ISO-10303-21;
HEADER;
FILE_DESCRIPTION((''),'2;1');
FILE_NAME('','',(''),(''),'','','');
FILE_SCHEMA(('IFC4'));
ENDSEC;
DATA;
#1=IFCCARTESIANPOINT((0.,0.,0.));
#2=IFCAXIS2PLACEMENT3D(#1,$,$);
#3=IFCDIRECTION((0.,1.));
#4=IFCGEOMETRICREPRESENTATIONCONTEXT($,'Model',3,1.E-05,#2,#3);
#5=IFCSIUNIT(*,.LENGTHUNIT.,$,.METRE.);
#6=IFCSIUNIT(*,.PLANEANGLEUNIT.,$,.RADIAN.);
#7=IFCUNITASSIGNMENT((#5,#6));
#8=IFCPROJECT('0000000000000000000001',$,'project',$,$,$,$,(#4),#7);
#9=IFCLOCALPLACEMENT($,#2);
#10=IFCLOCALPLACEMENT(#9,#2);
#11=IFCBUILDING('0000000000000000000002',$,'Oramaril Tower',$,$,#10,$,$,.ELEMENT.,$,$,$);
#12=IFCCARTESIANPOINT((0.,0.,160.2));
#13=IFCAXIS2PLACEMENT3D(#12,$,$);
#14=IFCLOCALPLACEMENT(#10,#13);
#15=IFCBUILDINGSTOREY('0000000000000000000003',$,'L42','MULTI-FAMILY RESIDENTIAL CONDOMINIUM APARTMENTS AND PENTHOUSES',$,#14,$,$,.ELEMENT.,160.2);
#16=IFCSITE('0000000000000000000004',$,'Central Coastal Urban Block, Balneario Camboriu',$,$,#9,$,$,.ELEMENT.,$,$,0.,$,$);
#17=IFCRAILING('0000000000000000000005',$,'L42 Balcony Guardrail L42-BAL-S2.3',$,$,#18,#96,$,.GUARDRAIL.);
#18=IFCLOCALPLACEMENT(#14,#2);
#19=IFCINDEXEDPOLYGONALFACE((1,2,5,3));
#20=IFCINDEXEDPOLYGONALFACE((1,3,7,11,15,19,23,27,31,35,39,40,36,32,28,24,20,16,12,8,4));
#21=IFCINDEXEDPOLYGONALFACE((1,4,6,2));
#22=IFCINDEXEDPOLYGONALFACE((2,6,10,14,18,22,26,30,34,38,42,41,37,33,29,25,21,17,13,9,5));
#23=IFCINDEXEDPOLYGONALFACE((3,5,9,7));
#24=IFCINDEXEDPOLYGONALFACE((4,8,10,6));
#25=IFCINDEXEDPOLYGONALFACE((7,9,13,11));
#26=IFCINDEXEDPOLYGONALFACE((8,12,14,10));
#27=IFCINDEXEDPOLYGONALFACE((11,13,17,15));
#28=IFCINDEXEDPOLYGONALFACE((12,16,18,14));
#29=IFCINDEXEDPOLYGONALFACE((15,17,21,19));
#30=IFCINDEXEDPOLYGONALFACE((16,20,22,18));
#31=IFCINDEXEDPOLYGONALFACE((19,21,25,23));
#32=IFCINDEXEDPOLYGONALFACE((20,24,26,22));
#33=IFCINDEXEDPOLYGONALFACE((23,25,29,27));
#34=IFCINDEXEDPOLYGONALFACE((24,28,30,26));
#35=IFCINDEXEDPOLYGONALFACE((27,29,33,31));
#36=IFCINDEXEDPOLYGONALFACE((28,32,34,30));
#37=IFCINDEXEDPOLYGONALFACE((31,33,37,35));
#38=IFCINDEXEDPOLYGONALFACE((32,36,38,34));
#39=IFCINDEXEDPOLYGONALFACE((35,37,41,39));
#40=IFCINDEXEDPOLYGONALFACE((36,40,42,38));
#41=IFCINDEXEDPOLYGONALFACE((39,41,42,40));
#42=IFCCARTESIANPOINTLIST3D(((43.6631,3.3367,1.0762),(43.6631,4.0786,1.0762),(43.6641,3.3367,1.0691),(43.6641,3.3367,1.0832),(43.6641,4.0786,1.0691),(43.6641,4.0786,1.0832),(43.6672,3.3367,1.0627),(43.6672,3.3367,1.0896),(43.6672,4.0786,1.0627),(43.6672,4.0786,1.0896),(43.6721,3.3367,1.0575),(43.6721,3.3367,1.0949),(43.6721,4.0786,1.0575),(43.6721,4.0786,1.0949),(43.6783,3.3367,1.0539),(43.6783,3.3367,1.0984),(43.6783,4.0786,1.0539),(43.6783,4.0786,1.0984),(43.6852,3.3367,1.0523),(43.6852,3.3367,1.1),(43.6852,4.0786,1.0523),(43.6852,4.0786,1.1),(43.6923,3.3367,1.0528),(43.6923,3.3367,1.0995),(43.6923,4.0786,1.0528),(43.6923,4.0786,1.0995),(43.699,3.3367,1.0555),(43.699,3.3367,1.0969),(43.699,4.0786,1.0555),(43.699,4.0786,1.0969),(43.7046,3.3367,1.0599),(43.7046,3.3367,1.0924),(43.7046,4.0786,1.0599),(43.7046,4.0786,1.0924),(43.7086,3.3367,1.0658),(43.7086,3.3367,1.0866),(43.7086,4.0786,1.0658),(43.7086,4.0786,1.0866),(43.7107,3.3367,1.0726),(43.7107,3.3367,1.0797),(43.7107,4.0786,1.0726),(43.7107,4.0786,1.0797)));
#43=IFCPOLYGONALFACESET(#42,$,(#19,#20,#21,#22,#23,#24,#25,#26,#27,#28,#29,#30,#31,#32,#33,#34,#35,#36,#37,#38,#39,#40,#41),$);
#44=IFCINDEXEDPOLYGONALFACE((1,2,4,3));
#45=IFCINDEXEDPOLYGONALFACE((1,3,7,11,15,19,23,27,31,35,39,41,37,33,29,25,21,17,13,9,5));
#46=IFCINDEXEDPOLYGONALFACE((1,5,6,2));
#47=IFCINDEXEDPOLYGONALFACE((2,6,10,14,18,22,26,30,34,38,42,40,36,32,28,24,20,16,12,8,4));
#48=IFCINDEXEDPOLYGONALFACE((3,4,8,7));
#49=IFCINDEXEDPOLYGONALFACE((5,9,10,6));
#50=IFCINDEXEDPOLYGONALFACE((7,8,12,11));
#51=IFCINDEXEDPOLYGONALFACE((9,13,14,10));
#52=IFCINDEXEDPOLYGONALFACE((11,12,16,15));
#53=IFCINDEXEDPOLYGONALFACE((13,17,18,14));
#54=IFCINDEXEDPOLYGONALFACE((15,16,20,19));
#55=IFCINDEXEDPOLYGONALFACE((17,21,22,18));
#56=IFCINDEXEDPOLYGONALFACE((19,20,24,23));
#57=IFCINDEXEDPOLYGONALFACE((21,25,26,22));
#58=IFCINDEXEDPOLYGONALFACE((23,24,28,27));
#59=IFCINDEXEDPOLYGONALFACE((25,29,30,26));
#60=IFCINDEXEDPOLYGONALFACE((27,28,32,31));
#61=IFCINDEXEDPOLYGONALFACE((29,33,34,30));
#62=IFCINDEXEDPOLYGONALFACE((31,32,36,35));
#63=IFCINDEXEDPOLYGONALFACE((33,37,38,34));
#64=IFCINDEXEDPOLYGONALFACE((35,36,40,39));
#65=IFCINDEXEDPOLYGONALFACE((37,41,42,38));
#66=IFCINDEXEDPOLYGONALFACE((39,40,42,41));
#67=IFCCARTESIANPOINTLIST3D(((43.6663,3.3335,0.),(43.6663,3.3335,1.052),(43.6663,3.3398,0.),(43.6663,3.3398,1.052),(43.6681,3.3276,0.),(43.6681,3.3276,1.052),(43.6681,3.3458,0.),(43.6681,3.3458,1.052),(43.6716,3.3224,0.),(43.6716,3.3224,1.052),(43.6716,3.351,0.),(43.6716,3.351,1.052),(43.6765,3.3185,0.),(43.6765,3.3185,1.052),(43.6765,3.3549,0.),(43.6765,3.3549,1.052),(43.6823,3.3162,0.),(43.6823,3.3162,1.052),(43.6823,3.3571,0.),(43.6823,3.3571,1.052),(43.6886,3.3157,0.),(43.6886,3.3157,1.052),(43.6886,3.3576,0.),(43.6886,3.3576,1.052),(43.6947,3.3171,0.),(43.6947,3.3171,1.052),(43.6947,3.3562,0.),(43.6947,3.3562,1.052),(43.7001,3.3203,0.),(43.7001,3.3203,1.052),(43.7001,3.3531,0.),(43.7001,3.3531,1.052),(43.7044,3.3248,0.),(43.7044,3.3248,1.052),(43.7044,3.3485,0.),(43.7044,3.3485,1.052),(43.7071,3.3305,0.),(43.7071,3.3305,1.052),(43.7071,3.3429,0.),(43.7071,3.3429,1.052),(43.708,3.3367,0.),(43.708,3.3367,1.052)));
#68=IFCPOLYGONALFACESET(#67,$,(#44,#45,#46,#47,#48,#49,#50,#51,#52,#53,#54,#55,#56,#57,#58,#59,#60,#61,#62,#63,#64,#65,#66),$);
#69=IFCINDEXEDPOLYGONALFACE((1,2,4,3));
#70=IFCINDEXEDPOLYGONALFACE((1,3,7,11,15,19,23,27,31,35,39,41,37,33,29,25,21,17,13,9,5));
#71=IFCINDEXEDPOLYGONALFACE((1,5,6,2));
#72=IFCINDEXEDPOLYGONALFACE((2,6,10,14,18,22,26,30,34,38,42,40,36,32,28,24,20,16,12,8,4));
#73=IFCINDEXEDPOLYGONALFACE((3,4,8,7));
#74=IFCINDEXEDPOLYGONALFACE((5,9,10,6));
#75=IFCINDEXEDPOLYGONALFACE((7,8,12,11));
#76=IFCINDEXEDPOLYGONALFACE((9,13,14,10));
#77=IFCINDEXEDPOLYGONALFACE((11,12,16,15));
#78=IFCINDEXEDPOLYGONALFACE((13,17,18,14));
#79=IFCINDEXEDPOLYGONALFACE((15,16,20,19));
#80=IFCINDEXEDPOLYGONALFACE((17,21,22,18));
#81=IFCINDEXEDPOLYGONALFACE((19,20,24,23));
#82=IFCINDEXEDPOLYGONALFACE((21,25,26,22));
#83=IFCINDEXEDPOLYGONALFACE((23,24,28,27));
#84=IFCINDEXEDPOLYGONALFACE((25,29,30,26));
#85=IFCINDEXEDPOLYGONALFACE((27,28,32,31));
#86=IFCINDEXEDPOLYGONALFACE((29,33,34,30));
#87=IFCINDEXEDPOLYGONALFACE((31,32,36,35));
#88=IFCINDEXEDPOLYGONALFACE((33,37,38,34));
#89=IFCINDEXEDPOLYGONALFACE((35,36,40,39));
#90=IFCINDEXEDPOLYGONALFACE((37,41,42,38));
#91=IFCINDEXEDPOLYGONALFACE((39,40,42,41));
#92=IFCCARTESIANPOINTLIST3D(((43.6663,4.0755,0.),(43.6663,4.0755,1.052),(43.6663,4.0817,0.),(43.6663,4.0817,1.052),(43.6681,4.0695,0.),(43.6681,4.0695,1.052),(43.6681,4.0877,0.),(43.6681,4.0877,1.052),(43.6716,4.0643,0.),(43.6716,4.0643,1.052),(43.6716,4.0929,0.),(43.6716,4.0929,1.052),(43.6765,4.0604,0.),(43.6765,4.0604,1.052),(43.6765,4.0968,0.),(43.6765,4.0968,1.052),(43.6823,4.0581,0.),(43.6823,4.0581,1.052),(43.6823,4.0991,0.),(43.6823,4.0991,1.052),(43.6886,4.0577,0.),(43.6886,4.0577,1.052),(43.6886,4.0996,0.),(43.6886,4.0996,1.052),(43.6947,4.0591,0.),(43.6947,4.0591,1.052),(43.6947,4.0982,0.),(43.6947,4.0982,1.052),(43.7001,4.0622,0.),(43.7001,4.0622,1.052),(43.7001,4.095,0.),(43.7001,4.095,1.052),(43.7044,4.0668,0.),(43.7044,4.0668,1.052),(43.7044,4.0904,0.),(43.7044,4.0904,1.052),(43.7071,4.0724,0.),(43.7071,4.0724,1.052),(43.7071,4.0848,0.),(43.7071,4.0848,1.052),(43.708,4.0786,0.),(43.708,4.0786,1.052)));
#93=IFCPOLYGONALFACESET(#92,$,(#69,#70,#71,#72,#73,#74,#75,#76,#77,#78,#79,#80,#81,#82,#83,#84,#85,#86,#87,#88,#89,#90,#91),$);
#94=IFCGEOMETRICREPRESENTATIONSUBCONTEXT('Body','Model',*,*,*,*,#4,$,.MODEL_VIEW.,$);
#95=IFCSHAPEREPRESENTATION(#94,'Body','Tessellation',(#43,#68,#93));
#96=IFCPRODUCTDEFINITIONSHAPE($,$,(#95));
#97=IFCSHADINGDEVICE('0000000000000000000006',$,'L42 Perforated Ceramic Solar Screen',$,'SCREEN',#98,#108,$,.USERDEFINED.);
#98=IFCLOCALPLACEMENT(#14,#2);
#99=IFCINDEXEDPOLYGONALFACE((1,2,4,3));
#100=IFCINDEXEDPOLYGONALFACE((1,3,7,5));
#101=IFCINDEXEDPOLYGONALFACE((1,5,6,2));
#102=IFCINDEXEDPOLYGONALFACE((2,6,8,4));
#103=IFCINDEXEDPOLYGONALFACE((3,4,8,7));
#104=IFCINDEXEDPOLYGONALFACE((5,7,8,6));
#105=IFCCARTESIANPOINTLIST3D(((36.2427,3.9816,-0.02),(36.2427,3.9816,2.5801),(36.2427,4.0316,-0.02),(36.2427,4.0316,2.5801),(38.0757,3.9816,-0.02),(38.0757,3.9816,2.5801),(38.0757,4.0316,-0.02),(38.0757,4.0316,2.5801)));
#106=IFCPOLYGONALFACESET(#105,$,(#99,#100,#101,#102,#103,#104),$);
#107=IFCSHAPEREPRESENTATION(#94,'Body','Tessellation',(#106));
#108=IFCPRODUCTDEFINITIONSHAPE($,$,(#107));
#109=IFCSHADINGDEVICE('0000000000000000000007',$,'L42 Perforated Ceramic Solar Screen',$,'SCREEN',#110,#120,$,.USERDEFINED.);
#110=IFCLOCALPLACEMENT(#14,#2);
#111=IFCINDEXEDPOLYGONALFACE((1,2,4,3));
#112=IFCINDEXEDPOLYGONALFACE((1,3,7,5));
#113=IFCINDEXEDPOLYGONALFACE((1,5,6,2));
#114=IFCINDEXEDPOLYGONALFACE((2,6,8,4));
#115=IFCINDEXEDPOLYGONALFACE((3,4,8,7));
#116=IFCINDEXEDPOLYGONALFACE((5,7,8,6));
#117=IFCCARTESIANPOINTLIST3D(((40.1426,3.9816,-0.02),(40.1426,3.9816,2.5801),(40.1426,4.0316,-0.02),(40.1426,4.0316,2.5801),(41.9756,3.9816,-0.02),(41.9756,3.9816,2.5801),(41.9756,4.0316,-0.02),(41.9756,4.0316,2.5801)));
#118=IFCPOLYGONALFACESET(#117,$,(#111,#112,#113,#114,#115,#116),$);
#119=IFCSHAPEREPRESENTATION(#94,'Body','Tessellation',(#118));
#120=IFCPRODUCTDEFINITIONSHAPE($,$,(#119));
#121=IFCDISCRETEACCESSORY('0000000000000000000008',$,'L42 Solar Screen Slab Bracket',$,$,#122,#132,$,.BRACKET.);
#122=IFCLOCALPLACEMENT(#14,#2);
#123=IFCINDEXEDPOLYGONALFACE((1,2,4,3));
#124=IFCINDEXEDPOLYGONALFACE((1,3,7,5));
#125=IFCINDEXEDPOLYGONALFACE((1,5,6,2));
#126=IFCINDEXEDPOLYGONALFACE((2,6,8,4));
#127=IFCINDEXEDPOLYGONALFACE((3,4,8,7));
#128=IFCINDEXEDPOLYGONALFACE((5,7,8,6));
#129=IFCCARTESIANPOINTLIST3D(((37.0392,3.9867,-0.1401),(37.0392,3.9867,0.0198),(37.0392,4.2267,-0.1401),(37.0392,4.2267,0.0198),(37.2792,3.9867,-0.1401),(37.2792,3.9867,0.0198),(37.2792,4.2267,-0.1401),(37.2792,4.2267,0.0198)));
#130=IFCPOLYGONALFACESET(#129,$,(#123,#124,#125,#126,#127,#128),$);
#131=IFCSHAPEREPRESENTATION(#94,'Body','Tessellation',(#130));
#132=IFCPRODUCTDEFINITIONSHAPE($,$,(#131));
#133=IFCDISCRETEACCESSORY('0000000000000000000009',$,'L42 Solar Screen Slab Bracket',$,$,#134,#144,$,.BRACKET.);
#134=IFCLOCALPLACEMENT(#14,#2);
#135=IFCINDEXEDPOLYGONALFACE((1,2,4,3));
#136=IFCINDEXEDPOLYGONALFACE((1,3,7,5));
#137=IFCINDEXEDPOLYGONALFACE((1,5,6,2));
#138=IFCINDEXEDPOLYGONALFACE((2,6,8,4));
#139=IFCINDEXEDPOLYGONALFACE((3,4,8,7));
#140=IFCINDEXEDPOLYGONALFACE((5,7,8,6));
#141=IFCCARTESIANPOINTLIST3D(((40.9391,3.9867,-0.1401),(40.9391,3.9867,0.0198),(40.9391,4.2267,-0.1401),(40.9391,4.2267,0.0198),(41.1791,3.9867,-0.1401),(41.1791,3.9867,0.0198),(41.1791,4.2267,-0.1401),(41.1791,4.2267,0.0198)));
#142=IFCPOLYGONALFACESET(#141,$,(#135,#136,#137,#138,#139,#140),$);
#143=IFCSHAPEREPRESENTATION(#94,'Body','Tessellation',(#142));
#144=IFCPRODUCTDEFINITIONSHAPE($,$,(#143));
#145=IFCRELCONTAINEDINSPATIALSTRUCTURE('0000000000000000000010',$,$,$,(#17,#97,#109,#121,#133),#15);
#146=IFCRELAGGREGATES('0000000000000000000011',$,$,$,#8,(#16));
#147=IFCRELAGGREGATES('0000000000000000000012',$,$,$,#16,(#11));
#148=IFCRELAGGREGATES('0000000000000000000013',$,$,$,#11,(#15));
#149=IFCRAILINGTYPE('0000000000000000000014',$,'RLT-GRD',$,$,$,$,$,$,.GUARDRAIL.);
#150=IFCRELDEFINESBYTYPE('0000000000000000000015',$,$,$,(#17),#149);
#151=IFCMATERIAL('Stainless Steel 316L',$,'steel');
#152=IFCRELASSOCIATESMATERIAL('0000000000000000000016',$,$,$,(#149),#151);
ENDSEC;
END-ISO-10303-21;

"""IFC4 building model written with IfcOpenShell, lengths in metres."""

from ifc_helpers import new_model, si_unit, direction, frame, origin, origin_2d, place, context, subcontext, project, spatial, rectangle, circle, extrude, material, type_object, element, save


model = new_model("IFC4")

# Units and contexts
model_context = context("Model", 3, precision=1e-05, world=origin(), true_north=direction((0.0, 1.0)))
body_context = subcontext(model_context, "Body", "Model", "MODEL_VIEW")
ifc_project = project(units=[si_unit("LENGTHUNIT", "METRE"), si_unit("PLANEANGLEUNIT", "RADIAN")], contexts=[model_context])

# Site, building, storey
site_placement = place(None, origin())
site = spatial("IfcSite", under=ifc_project, at=site_placement, Name="Central Coastal Urban Block, Balneario Camboriu", CompositionType="ELEMENT", RefElevation=0.0)
building_placement = place(site_placement, origin())
building = spatial("IfcBuilding", under=site, at=building_placement, Name="Oramaril Tower", CompositionType="ELEMENT")
storey_placement = place(building_placement, frame((0.0, 0.0, 160.2)))
storey = spatial("IfcBuildingStorey", under=building, at=storey_placement, Name="L42", Description="MULTI-FAMILY RESIDENTIAL CONDOMINIUM APARTMENTS AND PENTHOUSES", CompositionType="ELEMENT", Elevation=160.2)

# Railing
ifc_material_1 = material(Name="Stainless Steel 316L", Category="steel")
railing_type = type_object("IfcRailingType", Name="RLT-GRD", PredefinedType="GUARDRAIL", material=ifc_material_1)
railing_placement = place(storey_placement, frame((43.687, 3.3367, 0.0)))
element("IfcRailing", 1, at=railing_placement, inside=storey, type_object=railing_type, Name="L42 Balcony Guardrail L42-BAL-S2.3", PredefinedType="GUARDRAIL", context=body_context, shape_type="SweptSolid", body=[
    extrude(circle(Radius=0.0239, at=origin_2d()), frame((0.0, 0.0, 1.0762), z_axis=(0.0, 1.0, 0.0), x_axis=(-1.0, 0.0, 0.0)), (0.0, 0.0, 1.0), 0.7419),
    extrude(circle(Radius=0.021, at=origin_2d()), origin(), (0.0, 0.0, 1.0), 1.052),
    extrude(circle(Radius=0.021, at=origin_2d()), frame((0.0, 0.7419, 0.0)), (0.0, 0.0, 1.0), 1.052),
])

# Shading devices
for number, where, z_axis, x_axis, name in (
    (2, (37.1592, 4.0066, -0.02), (0.0, 0.0, 1.0), (1.0, 0.0, 0.0), "L42 Perforated Ceramic Solar Screen"),
    (3, (41.0591, 4.0066, -0.02), (0.0, 0.0, 1.0), (1.0, 0.0, 0.0), "L42 Perforated Ceramic Solar Screen"),
):
    element("IfcShadingDevice", number, at=place(storey_placement, frame(where, z_axis=z_axis, x_axis=x_axis)), inside=storey, Name=name, ObjectType="SCREEN", PredefinedType="USERDEFINED", context=body_context, shape_type="SweptSolid", body=[
        extrude(rectangle(XDim=1.833, YDim=0.05, at=origin_2d()), origin(), (0.0, 0.0, 1.0), 2.6001),
    ])

# Discrete accessories
for number, where, z_axis, x_axis, name in (
    (4, (37.1592, 4.1067, -0.1401), (0.0, 0.0, 1.0), (1.0, 0.0, 0.0), "L42 Solar Screen Slab Bracket"),
    (5, (41.0591, 4.1067, -0.1401), (0.0, 0.0, 1.0), (1.0, 0.0, 0.0), "L42 Solar Screen Slab Bracket"),
):
    element("IfcDiscreteAccessory", number, at=place(storey_placement, frame(where, z_axis=z_axis, x_axis=x_axis)), inside=storey, Name=name, PredefinedType="BRACKET", context=body_context, shape_type="SweptSolid", body=[
        extrude(rectangle(XDim=0.24, YDim=0.24, at=origin_2d()), origin(), (0.0, 0.0, 1.0), 0.1599),
    ])

save(model, "model.ifc")
